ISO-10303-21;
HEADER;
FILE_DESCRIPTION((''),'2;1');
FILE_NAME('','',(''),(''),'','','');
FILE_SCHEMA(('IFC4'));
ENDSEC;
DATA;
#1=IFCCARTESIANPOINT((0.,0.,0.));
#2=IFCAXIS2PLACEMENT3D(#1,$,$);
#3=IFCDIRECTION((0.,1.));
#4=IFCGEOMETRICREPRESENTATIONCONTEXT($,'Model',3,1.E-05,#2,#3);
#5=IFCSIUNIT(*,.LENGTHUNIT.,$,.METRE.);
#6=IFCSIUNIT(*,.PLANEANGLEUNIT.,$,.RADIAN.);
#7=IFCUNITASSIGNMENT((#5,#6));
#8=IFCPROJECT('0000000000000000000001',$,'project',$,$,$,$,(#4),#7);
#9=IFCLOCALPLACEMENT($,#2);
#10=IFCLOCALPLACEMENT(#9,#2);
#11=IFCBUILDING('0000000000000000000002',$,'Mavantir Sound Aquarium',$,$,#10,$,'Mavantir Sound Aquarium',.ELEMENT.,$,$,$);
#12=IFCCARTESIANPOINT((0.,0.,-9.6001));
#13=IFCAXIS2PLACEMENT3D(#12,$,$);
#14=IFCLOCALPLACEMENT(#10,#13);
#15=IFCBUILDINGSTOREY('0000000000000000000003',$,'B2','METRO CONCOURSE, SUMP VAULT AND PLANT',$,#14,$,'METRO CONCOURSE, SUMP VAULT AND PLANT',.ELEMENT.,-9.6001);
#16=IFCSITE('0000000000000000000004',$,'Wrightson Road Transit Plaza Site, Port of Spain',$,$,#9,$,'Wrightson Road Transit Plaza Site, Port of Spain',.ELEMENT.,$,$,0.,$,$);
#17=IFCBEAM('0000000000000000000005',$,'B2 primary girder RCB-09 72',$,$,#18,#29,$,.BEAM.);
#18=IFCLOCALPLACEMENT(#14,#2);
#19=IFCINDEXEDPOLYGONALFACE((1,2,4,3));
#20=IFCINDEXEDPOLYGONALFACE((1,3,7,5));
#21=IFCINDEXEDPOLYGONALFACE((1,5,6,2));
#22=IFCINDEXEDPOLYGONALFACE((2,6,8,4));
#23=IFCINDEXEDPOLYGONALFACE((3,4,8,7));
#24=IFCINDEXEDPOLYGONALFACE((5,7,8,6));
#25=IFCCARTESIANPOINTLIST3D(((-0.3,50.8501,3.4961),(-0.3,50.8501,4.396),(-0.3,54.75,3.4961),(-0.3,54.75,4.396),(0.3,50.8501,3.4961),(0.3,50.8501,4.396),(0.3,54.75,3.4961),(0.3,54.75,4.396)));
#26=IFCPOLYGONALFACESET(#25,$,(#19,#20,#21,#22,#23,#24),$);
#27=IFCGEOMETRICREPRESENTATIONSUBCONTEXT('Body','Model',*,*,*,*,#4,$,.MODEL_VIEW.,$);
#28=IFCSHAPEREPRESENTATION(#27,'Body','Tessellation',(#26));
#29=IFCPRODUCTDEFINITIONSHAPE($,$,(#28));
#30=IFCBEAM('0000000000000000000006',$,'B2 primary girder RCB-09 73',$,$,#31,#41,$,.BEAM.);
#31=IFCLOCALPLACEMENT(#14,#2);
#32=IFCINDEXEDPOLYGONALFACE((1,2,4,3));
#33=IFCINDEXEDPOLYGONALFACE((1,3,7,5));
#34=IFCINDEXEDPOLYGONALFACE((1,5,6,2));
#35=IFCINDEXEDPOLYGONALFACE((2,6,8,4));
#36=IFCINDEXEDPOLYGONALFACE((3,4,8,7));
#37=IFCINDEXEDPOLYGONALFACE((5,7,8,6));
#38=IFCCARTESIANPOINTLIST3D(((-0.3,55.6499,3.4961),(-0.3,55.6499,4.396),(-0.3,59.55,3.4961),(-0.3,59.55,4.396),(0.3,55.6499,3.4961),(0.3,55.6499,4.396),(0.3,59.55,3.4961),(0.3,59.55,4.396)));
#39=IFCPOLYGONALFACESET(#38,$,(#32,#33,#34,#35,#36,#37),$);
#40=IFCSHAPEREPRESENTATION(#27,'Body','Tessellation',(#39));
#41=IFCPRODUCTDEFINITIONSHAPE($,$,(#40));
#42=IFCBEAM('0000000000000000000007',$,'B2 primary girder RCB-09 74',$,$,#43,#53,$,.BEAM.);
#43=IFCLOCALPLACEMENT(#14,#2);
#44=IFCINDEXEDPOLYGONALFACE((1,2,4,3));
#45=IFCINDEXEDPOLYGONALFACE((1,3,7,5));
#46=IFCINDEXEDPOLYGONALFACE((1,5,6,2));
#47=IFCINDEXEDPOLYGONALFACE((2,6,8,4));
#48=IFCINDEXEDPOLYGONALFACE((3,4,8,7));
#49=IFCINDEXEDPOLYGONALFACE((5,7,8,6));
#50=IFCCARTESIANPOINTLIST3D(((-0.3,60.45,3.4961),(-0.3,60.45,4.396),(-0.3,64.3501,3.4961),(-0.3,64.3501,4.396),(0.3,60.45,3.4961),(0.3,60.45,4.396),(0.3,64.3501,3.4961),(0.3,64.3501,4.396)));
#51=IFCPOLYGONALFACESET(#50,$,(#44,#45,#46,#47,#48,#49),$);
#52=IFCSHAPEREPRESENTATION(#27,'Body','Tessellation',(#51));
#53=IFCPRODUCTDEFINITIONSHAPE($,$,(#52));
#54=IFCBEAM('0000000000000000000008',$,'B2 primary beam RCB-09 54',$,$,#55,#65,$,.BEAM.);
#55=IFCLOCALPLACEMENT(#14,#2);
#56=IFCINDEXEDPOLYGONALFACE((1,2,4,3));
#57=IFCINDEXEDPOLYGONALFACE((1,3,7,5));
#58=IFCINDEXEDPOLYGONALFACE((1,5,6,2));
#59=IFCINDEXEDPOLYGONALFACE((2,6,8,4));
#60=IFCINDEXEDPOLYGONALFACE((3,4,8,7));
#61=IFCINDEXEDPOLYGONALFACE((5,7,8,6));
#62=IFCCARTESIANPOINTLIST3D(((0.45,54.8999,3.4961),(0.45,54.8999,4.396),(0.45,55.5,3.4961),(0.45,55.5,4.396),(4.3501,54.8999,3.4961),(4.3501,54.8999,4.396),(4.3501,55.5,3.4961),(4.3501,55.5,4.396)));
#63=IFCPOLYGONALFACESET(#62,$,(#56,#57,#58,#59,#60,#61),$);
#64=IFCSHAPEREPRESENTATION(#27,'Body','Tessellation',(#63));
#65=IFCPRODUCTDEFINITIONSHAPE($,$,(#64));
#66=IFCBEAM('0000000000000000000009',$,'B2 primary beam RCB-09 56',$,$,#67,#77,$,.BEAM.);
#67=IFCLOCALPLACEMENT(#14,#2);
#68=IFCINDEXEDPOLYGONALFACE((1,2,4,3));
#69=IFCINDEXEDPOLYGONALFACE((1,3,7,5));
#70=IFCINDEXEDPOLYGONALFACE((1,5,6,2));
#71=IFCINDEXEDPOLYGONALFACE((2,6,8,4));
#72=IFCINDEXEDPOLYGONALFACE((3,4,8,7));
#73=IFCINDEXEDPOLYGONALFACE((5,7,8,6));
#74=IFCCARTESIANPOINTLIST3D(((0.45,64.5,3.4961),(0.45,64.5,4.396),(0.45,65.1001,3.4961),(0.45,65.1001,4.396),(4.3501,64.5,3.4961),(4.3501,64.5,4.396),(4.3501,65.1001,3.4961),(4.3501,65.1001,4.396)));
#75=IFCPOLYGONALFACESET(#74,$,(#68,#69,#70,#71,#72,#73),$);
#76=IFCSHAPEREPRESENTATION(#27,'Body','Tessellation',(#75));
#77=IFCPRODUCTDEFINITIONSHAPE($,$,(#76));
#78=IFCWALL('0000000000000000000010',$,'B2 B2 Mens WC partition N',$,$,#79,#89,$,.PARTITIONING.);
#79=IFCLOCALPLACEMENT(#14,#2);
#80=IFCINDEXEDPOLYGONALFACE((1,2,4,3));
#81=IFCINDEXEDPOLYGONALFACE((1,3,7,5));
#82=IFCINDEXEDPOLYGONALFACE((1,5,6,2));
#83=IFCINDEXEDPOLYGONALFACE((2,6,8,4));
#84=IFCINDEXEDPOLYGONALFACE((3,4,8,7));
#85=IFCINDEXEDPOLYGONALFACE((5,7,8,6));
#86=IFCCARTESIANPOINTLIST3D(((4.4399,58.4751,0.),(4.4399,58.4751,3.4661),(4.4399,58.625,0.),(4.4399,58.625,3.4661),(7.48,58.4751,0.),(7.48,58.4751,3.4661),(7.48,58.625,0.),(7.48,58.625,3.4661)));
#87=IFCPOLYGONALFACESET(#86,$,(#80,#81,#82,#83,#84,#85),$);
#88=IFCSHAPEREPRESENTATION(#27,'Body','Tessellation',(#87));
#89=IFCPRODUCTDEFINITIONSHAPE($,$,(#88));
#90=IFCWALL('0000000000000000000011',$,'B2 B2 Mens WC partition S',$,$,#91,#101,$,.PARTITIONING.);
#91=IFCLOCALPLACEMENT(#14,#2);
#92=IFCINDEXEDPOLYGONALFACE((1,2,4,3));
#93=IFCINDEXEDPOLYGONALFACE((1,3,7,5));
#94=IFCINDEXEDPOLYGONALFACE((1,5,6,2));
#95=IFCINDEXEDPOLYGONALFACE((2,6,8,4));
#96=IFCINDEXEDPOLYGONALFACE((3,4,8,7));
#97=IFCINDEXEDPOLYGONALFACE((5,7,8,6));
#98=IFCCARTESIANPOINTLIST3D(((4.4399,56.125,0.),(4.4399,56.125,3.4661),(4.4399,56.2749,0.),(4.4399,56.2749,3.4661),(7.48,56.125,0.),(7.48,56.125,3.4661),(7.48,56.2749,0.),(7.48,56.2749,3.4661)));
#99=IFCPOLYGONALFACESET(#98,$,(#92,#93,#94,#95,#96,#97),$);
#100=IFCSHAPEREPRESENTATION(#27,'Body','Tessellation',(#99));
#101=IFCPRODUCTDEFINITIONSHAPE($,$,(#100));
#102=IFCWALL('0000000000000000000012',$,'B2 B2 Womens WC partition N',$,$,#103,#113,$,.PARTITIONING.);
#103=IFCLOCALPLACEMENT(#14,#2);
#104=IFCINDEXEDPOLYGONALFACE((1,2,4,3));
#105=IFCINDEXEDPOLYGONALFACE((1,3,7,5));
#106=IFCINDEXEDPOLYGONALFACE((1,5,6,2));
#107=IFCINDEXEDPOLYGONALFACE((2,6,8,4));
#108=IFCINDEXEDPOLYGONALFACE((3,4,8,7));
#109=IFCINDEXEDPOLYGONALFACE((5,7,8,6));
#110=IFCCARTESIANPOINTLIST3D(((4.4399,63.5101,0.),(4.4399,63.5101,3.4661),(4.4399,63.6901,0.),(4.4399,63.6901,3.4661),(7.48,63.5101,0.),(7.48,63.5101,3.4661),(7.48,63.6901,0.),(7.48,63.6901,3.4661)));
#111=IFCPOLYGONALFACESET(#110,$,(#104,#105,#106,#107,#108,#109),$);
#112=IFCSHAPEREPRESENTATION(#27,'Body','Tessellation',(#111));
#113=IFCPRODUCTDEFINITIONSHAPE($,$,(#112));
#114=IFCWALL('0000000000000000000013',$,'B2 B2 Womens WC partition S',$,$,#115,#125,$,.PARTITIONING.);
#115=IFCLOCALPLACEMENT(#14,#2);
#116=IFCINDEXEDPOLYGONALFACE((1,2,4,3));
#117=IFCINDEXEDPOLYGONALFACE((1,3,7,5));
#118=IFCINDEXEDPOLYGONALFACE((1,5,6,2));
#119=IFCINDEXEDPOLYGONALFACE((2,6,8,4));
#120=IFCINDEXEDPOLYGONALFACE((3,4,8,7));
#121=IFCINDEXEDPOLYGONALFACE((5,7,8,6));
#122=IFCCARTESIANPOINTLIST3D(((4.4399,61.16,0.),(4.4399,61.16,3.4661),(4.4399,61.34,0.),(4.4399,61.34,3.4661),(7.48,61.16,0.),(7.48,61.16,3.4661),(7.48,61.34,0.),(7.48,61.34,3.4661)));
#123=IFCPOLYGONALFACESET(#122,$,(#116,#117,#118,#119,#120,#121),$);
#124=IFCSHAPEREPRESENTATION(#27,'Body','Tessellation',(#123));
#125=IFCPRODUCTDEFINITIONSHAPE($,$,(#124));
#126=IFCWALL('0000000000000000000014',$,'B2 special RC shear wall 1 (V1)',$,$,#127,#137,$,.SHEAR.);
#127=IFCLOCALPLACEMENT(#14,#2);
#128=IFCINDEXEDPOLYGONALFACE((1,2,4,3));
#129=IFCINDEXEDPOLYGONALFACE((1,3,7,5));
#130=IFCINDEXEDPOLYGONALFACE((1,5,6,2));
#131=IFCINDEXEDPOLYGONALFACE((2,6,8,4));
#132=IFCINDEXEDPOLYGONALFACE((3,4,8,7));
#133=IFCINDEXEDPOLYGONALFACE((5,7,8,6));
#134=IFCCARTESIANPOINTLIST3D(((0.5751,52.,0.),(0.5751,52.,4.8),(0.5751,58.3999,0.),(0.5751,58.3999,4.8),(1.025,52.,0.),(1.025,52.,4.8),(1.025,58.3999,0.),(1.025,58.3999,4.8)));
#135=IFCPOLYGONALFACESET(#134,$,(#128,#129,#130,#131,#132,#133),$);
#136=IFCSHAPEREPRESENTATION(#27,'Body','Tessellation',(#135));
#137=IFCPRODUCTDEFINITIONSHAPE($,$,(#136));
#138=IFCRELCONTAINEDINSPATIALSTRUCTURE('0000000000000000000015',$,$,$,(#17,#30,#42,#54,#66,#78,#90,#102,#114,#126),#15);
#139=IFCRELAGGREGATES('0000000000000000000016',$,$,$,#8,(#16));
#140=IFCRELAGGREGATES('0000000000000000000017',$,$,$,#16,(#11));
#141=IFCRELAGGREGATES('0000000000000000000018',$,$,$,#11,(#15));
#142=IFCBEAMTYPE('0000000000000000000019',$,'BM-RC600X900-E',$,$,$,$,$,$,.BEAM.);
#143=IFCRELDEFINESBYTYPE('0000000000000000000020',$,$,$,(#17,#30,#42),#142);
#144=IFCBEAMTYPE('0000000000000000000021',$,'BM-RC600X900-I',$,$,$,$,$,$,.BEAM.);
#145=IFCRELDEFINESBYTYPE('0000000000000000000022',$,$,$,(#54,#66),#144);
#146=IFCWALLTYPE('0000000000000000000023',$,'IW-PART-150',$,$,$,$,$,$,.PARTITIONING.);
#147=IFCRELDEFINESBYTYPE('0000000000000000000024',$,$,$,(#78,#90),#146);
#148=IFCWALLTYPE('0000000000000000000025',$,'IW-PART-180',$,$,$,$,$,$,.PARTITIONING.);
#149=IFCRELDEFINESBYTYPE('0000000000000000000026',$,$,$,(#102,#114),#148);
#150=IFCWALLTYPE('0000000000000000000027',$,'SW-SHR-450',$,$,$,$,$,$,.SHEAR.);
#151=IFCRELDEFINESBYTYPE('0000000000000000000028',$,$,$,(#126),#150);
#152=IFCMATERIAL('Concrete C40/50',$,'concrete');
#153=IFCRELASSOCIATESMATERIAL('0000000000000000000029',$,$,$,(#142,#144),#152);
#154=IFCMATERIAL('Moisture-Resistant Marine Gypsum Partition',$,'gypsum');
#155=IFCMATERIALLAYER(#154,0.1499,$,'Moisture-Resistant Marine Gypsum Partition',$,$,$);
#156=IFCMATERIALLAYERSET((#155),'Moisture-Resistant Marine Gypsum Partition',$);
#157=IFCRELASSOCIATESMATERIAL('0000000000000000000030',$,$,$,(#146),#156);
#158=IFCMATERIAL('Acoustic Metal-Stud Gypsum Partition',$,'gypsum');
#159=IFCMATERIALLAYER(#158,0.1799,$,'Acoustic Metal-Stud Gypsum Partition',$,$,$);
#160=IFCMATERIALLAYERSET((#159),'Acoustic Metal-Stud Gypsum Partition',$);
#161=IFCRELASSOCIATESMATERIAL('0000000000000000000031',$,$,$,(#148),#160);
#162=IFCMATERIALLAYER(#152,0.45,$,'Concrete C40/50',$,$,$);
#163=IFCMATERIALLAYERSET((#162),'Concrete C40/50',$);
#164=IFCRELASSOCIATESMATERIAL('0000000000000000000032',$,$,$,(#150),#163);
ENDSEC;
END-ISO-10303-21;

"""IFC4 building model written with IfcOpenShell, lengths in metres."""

from ifc_helpers import new_model, si_unit, direction, frame, frame_2d, origin, origin_2d, place, context, subcontext, project, spatial, rectangle, extrude, material, layer, layer_set, material_profile, profile_set, type_object, element, save


model = new_model("IFC4")

# Units and contexts
model_context = context("Model", 3, precision=1e-05, world=origin(), true_north=direction((0.0, 1.0)))
body_context = subcontext(model_context, "Body", "Model", "MODEL_VIEW")
ifc_project = project(units=[si_unit("LENGTHUNIT", "METRE"), si_unit("PLANEANGLEUNIT", "RADIAN")], contexts=[model_context])

# Site, building, storey
site_placement = place(None, origin())
site = spatial("IfcSite", under=ifc_project, at=site_placement, Name="Wrightson Road Transit Plaza Site, Port of Spain", LongName="Wrightson Road Transit Plaza Site, Port of Spain", CompositionType="ELEMENT", RefElevation=0.0)
building_placement = place(site_placement, origin())
building = spatial("IfcBuilding", under=site, at=building_placement, Name="Mavantir Sound Aquarium", LongName="Mavantir Sound Aquarium", CompositionType="ELEMENT")
storey_placement = place(building_placement, frame((0.0, 0.0, -9.6001)))
storey = spatial("IfcBuildingStorey", under=building, at=storey_placement, Name="B2", Description="METRO CONCOURSE, SUMP VAULT AND PLANT", LongName="METRO CONCOURSE, SUMP VAULT AND PLANT", CompositionType="ELEMENT", Elevation=-9.6001)

# Shared definitions
ifc_material_1 = material(Name="Concrete C40/50", Category="concrete")

# Beams
ifc_material_profile_1 = material_profile(ifc_material_1, rectangle(XDim=0.6001, YDim=0.8999, at=origin_2d()), Name="RC 600X900")
ifc_profile_set_1 = profile_set([ifc_material_profile_1], Name="Concrete C40/50")
beam_type_1 = type_object("IfcBeamType", Name="BM-RC600X900-E", PredefinedType="BEAM", material=ifc_profile_set_1)
beam_placement = place(storey_placement, frame((0.0, 50.8501, 3.946), z_axis=(0.0, 1.0, 0.0), x_axis=(-1.0, 0.0, 0.0)))
element("IfcBeam", 1, at=beam_placement, inside=storey, type_object=beam_type_1, Name="B2 primary girder RCB-09 72", PredefinedType="BEAM", context=body_context, shape_type="SweptSolid", body=[
    extrude(rectangle(XDim=0.6001, YDim=0.8999, at=origin_2d()), origin(), (0.0, 0.0, 1.0), 3.8999),
])
for number, where, z_axis, x_axis, name in (
    (2, (0.0, 55.6499, 3.946), (0.0, 1.0, 0.0), (-1.0, 0.0, 0.0), "B2 primary girder RCB-09 73"),
    (3, (0.0, 60.45, 3.946), (0.0, 1.0, 0.0), (-1.0, 0.0, 0.0), "B2 primary girder RCB-09 74"),
):
    element("IfcBeam", number, at=place(storey_placement, frame(where, z_axis=z_axis, x_axis=x_axis)), inside=storey, type_object=beam_type_1, Name=name, PredefinedType="BEAM", context=body_context, shape_type="SweptSolid", body=[
        extrude(rectangle(XDim=0.6001, YDim=0.8999, at=origin_2d()), origin(), (0.0, 0.0, 1.0), 3.9001),
    ])
ifc_material_profile_2 = material_profile(ifc_material_1, rectangle(XDim=0.6001, YDim=0.8999, at=origin_2d()), Name="RC 600X900")
ifc_profile_set_2 = profile_set([ifc_material_profile_2], Name="Concrete C40/50")
beam_type_2 = type_object("IfcBeamType", Name="BM-RC600X900-I", PredefinedType="BEAM", material=ifc_profile_set_2)
for number, where, z_axis, x_axis, name in (
    (4, (0.45, 55.2, 3.946), (1.0, 0.0, 0.0), (0.0, 1.0, 0.0), "B2 primary beam RCB-09 54"),
    (5, (0.45, 64.8, 3.946), (1.0, 0.0, 0.0), (0.0, 1.0, 0.0), "B2 primary beam RCB-09 56"),
):
    element("IfcBeam", number, at=place(storey_placement, frame(where, z_axis=z_axis, x_axis=x_axis)), inside=storey, type_object=beam_type_2, Name=name, PredefinedType="BEAM", context=body_context, shape_type="SweptSolid", body=[
        extrude(rectangle(XDim=0.6001, YDim=0.8999, at=origin_2d()), origin(), (0.0, 0.0, 1.0), 3.9001),
    ])

# Walls
ifc_material_2 = material(Name="Moisture-Resistant Marine Gypsum Partition", Category="gypsum")
ifc_layer_1 = layer(ifc_material_2, 0.1499, Name="Moisture-Resistant Marine Gypsum Partition")
ifc_layer_set_1 = layer_set([ifc_layer_1], Name="Moisture-Resistant Marine Gypsum Partition")
wall_type_1 = type_object("IfcWallType", Name="IW-PART-150", PredefinedType="PARTITIONING", material=ifc_layer_set_1)
for number, where, z_axis, x_axis, name in (
    (6, (4.4399, 58.55, 0.0), (0.0, 0.0, 1.0), (1.0, 0.0, 0.0), "B2 B2 Mens WC partition N"),
    (7, (4.4399, 56.2, 0.0), (0.0, 0.0, 1.0), (1.0, 0.0, 0.0), "B2 B2 Mens WC partition S"),
):
    element("IfcWall", number, at=place(storey_placement, frame(where, z_axis=z_axis, x_axis=x_axis)), inside=storey, type_object=wall_type_1, Name=name, PredefinedType="PARTITIONING", context=body_context, shape_type="SweptSolid", body=[
        extrude(rectangle(XDim=3.04, YDim=0.1499, at=frame_2d((1.52, 0.0))), origin(), (0.0, 0.0, 1.0), 3.4661),
    ])

# Walls
ifc_material_3 = material(Name="Acoustic Metal-Stud Gypsum Partition", Category="gypsum")
ifc_layer_2 = layer(ifc_material_3, 0.1799, Name="Acoustic Metal-Stud Gypsum Partition")
ifc_layer_set_2 = layer_set([ifc_layer_2], Name="Acoustic Metal-Stud Gypsum Partition")
wall_type_2 = type_object("IfcWallType", Name="IW-PART-180", PredefinedType="PARTITIONING", material=ifc_layer_set_2)
for number, where, z_axis, x_axis, name in (
    (8, (4.4399, 63.6001, 0.0), (0.0, 0.0, 1.0), (1.0, 0.0, 0.0), "B2 B2 Womens WC partition N"),
    (9, (4.4399, 61.25, 0.0), (0.0, 0.0, 1.0), (1.0, 0.0, 0.0), "B2 B2 Womens WC partition S"),
):
    element("IfcWall", number, at=place(storey_placement, frame(where, z_axis=z_axis, x_axis=x_axis)), inside=storey, type_object=wall_type_2, Name=name, PredefinedType="PARTITIONING", context=body_context, shape_type="SweptSolid", body=[
        extrude(rectangle(XDim=3.04, YDim=0.1799, at=frame_2d((1.52, 0.0))), origin(), (0.0, 0.0, 1.0), 3.4661),
    ])

# Wall
ifc_layer_3 = layer(ifc_material_1, 0.45, Name="Concrete C40/50")
ifc_layer_set_3 = layer_set([ifc_layer_3], Name="Concrete C40/50")
wall_type_3 = type_object("IfcWallType", Name="SW-SHR-450", PredefinedType="SHEAR", material=ifc_layer_set_3)
wall_1_placement = place(storey_placement, frame((0.8, 52.0, 0.0), z_axis=(0.0, 0.0, 1.0), x_axis=(0.0, 1.0, 0.0)))
element("IfcWall", 10, at=wall_1_placement, inside=storey, type_object=wall_type_3, Name="B2 special RC shear wall 1 (V1)", PredefinedType="SHEAR", context=body_context, shape_type="SweptSolid", body=[
    extrude(rectangle(XDim=6.3999, YDim=0.45, at=frame_2d((3.2, 0.0))), origin(), (0.0, 0.0, 1.0), 4.8),
])

save(model, "model.ifc")
